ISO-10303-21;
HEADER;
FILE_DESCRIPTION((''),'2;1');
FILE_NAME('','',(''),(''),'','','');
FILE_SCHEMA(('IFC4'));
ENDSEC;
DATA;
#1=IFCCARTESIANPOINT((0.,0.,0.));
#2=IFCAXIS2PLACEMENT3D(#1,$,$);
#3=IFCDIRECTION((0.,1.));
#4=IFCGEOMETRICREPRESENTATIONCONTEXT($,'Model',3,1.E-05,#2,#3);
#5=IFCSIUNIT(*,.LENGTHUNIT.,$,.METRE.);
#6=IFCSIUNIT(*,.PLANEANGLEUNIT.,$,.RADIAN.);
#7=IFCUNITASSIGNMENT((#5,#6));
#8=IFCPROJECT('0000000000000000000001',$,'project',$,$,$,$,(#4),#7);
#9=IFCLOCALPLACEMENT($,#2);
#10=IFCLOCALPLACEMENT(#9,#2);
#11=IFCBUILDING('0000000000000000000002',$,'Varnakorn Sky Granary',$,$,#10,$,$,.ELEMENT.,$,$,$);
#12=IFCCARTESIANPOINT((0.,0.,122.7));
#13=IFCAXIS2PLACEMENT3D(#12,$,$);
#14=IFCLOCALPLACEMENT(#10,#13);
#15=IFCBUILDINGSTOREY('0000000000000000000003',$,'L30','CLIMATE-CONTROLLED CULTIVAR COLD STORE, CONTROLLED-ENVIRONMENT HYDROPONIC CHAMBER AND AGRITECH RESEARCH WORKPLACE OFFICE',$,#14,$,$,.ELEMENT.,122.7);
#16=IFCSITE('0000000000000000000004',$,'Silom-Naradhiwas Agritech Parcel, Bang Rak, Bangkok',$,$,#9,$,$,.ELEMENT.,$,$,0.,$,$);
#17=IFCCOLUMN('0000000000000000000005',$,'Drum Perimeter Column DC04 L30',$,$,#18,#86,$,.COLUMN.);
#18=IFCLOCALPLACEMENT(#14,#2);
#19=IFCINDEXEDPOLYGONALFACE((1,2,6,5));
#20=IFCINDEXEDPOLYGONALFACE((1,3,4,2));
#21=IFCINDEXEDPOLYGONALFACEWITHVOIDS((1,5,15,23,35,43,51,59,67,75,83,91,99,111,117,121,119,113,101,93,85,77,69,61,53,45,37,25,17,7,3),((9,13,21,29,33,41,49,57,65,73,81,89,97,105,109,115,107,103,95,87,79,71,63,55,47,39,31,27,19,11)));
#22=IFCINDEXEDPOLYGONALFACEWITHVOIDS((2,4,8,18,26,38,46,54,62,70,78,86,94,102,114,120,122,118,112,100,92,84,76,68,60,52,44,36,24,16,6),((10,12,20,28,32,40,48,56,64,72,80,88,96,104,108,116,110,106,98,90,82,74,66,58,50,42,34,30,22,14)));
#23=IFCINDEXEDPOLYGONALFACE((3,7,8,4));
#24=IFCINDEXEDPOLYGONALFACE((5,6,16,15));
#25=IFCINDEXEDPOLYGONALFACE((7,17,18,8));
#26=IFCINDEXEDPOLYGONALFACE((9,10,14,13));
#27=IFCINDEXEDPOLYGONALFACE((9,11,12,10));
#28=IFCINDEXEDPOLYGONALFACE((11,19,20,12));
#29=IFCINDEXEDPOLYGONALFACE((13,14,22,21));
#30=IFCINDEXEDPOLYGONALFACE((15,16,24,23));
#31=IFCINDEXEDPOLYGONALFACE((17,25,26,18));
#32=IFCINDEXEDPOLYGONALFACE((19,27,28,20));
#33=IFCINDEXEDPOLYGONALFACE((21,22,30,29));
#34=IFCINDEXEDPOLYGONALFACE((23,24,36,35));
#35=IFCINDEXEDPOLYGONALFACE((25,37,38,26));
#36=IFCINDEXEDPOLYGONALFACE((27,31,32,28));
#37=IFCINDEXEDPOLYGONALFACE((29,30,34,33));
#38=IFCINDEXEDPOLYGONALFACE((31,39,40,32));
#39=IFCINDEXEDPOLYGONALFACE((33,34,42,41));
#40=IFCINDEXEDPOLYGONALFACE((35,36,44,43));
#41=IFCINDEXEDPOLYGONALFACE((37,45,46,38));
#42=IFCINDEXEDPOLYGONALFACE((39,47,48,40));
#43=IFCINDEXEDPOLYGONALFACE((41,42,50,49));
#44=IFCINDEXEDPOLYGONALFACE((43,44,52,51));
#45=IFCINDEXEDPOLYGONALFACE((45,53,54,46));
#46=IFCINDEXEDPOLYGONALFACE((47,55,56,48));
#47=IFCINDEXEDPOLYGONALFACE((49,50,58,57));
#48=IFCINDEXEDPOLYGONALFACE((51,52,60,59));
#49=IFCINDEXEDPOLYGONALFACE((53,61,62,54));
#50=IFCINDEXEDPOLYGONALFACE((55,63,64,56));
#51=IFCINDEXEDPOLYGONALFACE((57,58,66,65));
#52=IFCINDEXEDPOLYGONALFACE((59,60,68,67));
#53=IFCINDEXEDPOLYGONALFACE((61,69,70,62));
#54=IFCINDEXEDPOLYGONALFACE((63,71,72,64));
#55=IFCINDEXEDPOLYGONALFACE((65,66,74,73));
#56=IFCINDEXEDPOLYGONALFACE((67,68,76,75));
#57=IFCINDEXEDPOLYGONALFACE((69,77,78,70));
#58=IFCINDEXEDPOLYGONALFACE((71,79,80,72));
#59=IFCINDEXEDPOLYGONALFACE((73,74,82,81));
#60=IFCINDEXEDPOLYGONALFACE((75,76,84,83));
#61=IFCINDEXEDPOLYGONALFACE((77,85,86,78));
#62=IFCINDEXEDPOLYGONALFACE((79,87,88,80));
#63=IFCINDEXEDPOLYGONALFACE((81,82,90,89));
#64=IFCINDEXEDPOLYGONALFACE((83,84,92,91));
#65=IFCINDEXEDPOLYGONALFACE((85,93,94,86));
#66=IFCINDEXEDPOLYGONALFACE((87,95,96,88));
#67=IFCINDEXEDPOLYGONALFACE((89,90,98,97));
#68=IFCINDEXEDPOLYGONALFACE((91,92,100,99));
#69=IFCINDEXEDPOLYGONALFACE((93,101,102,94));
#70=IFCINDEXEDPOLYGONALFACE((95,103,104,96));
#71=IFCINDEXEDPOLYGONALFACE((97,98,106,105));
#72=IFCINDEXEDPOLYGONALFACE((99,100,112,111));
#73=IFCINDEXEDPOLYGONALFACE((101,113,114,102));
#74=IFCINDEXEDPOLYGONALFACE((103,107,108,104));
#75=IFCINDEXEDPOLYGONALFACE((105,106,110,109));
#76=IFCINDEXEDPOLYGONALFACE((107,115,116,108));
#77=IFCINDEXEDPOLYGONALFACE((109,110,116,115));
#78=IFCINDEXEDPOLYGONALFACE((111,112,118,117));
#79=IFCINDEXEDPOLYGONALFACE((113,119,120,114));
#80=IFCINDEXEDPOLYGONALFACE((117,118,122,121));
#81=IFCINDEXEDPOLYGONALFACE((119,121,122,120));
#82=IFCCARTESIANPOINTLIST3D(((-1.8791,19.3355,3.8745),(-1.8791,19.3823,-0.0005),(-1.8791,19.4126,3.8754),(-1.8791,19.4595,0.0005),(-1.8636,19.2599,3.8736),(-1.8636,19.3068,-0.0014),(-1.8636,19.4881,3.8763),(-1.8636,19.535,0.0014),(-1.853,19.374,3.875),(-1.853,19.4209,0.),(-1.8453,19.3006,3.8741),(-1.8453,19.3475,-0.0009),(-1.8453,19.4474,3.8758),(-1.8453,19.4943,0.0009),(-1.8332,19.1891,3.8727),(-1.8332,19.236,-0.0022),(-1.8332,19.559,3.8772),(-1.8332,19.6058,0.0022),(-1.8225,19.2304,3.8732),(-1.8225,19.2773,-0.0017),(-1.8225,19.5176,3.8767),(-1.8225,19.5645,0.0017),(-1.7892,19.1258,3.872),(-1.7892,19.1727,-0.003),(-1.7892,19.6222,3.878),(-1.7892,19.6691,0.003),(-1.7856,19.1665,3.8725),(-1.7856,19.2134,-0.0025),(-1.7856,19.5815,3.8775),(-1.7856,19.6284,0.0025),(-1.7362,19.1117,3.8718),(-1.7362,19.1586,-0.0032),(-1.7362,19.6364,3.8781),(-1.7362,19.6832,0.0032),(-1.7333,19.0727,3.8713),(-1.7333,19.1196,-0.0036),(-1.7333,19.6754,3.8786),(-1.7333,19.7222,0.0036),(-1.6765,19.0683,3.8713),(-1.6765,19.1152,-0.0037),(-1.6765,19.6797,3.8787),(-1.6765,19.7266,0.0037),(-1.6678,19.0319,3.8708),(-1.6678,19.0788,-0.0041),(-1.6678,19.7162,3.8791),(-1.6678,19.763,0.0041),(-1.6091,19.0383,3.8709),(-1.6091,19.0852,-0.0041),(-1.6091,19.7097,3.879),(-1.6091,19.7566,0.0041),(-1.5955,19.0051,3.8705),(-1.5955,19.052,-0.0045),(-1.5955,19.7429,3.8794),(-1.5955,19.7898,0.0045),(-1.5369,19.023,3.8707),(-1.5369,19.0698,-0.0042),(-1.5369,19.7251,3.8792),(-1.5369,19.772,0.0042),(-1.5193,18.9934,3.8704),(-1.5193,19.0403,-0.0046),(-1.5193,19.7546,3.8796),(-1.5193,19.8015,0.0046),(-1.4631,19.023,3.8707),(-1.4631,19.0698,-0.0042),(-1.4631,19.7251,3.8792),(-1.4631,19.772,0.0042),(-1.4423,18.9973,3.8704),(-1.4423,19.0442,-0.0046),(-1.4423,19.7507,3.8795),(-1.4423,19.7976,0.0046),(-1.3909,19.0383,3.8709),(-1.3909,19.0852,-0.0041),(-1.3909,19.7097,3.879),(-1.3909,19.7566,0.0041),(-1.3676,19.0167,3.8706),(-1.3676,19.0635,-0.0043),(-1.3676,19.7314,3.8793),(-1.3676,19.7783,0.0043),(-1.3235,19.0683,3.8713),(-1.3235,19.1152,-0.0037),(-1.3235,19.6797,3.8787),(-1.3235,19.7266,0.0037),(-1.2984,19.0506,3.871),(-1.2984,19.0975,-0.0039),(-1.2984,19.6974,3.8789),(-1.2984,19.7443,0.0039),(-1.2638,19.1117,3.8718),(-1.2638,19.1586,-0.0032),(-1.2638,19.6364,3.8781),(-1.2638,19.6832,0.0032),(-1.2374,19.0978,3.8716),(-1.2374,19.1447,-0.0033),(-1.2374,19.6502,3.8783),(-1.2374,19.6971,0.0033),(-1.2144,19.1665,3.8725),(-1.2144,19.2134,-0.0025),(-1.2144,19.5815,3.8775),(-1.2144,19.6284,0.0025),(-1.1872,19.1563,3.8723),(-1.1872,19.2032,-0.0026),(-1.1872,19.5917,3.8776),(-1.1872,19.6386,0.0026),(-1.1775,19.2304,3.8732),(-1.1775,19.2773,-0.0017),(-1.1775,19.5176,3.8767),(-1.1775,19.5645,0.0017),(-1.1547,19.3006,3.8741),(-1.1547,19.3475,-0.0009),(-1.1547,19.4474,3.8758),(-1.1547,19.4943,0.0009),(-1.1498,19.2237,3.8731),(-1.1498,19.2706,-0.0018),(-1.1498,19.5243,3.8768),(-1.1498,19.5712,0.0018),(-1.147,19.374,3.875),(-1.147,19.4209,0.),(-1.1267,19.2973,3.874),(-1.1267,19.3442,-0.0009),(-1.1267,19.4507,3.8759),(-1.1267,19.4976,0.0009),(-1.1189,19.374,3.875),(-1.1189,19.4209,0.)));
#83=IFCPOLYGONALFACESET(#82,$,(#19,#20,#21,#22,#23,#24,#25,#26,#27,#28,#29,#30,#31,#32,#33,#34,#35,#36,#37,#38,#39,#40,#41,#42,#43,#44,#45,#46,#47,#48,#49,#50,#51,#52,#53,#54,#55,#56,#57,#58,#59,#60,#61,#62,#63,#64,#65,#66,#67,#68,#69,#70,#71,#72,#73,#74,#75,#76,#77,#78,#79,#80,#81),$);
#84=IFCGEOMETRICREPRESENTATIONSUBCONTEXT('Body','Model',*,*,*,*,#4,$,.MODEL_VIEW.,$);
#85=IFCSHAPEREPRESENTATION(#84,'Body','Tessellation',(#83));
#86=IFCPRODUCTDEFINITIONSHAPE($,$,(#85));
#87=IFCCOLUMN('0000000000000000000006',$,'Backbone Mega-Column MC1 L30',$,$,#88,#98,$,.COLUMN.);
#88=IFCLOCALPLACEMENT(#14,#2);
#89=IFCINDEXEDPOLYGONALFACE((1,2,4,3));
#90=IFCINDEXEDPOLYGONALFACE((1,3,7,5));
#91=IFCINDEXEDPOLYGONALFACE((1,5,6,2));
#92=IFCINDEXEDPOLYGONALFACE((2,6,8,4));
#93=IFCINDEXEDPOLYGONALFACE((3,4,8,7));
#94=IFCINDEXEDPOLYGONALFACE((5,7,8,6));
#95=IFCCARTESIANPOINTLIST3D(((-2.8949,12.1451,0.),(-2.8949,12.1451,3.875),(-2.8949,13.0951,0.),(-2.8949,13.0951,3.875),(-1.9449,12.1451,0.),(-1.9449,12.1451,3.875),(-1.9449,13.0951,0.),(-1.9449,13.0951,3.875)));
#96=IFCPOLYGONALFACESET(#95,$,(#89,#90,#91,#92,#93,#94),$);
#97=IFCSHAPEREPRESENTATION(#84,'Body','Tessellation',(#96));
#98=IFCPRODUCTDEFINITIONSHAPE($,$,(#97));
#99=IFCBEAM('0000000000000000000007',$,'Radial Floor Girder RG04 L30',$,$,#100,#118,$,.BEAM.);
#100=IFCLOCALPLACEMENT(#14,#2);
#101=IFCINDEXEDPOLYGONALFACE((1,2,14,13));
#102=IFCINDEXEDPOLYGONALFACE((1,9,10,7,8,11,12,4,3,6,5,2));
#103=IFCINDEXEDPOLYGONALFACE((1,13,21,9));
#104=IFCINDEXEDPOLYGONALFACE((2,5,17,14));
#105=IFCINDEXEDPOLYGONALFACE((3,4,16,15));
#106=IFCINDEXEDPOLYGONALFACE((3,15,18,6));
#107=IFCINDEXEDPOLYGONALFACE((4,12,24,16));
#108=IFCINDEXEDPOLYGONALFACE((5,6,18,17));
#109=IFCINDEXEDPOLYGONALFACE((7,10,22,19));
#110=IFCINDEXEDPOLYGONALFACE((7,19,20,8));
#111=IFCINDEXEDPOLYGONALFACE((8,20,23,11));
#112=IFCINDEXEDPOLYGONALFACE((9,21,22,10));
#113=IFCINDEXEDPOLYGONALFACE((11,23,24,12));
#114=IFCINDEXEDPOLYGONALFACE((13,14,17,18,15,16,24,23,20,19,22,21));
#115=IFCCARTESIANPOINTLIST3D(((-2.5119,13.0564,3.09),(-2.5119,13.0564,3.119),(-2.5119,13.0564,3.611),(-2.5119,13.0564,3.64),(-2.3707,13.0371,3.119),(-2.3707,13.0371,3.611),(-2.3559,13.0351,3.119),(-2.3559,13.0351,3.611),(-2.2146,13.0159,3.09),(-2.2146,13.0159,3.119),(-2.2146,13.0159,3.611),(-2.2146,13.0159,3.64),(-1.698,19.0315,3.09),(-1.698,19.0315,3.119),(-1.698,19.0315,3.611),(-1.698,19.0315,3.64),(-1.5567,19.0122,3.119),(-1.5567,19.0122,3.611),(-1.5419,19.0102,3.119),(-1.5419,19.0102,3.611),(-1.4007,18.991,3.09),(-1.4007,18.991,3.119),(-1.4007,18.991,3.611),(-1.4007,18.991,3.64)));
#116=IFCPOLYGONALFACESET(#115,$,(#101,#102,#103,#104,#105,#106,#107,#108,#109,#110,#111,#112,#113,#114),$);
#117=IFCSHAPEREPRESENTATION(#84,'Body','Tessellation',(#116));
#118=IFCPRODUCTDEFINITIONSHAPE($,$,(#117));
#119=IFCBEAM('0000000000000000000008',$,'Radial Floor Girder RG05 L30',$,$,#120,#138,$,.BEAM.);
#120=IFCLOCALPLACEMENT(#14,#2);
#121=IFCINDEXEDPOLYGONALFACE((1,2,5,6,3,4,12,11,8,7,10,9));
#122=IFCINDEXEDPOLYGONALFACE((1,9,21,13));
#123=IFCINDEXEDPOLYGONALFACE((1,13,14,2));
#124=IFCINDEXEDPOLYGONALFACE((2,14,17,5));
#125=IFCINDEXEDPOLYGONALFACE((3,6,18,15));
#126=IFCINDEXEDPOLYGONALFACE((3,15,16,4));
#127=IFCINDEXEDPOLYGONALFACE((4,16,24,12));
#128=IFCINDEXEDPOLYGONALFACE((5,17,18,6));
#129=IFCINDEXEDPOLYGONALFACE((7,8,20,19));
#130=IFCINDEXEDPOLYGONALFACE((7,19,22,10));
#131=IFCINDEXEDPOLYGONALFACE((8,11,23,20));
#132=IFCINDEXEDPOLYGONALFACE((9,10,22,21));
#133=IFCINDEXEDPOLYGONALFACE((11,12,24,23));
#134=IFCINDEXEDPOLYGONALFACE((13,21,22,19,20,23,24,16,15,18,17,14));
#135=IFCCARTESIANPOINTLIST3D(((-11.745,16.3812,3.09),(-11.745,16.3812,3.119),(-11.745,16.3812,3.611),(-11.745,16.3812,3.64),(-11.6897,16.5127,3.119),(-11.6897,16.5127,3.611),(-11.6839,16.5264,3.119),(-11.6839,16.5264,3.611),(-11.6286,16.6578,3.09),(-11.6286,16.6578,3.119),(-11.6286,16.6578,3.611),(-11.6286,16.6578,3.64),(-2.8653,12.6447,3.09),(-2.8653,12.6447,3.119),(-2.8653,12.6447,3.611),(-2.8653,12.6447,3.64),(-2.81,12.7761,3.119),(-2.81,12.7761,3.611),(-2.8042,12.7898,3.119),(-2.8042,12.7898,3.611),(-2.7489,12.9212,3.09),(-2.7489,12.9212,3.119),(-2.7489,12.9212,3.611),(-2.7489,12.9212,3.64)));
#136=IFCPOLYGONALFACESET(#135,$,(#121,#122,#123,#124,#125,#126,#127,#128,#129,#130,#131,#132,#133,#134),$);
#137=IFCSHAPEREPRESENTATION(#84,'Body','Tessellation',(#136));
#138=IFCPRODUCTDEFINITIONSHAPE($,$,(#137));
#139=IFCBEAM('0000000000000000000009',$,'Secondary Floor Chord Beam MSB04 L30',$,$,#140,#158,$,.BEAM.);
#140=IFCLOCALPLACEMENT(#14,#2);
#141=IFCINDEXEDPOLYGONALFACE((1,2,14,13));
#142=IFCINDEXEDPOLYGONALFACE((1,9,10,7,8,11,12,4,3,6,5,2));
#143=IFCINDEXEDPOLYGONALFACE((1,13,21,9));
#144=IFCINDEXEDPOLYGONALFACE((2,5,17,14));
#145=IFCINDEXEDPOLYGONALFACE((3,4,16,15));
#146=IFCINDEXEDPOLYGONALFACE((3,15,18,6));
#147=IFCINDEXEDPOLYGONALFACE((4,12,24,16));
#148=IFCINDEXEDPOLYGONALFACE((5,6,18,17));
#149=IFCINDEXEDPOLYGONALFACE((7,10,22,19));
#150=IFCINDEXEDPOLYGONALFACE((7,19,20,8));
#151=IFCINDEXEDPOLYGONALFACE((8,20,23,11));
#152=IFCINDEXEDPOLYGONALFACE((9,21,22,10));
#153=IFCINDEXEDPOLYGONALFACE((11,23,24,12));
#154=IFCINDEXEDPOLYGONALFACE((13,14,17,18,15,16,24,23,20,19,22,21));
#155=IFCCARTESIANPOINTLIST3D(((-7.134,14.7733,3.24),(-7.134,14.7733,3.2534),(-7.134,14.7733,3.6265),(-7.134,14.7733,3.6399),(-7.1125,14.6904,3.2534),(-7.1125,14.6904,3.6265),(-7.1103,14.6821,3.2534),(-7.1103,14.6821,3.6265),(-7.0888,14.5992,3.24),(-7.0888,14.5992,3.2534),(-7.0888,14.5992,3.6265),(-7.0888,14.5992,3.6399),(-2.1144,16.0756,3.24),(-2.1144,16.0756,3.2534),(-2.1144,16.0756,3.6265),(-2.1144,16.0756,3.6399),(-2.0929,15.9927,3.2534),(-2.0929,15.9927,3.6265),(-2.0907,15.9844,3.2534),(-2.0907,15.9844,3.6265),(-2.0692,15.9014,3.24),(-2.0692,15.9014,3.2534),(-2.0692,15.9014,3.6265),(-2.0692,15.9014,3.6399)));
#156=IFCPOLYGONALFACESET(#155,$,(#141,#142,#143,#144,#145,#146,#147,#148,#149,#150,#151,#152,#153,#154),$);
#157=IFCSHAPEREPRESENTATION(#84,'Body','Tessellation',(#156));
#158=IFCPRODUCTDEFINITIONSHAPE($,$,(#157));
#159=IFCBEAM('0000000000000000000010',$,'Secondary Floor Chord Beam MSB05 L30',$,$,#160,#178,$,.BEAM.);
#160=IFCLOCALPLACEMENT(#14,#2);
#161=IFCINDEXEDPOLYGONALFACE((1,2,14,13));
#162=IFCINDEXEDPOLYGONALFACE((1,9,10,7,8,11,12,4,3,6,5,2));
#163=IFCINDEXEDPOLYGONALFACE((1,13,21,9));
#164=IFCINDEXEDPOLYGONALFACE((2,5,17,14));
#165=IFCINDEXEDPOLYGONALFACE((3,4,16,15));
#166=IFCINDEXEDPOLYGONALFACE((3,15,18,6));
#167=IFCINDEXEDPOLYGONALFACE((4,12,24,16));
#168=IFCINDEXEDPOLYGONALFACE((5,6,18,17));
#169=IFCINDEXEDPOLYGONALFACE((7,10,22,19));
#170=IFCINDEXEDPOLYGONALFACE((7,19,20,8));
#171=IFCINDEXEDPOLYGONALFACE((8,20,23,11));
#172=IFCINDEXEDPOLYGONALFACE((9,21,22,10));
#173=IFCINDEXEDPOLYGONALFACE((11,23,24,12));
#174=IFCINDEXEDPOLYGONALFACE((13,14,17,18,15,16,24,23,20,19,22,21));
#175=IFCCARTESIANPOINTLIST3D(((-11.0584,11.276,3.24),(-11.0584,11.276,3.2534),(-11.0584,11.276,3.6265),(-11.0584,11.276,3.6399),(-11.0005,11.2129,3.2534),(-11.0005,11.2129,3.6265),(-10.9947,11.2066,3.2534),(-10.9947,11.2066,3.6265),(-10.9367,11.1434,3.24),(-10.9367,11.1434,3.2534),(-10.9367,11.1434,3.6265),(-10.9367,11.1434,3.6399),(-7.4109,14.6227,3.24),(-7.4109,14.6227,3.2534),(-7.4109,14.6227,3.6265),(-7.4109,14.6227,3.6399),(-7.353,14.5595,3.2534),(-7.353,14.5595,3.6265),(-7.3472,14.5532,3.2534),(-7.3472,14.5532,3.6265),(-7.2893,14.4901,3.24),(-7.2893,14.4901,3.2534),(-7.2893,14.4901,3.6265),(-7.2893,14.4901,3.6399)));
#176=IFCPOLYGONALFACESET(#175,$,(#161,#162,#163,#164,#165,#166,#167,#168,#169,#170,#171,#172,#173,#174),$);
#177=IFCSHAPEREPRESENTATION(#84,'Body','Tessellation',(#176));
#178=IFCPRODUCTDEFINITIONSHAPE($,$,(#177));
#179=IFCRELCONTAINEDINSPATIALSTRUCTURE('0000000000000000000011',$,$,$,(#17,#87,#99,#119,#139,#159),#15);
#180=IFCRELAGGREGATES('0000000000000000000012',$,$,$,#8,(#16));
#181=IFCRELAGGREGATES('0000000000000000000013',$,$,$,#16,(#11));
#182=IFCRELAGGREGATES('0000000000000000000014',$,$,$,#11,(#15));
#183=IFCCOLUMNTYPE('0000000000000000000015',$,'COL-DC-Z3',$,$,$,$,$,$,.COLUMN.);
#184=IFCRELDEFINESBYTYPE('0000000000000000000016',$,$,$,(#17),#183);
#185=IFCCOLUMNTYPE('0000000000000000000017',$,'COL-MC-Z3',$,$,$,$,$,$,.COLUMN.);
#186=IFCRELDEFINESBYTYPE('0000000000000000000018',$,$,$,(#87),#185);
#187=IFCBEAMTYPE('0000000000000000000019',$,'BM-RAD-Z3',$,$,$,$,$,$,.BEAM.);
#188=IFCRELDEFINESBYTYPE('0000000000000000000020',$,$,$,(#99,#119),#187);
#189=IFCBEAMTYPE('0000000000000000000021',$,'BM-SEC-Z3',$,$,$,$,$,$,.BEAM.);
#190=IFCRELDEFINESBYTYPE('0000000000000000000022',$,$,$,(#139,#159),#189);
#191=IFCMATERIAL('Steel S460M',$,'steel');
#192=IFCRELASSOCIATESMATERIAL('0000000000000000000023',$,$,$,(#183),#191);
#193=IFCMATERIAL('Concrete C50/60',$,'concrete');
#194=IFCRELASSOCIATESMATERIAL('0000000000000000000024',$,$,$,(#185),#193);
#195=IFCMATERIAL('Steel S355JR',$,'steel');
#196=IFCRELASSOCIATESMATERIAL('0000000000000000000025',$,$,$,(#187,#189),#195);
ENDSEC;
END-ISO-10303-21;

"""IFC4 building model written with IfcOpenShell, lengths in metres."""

from ifc_helpers import new_model, si_unit, direction, frame, origin, origin_2d, place, context, subcontext, project, spatial, rectangle, hollow_circle, i_section, extrude, material, material_profile, profile_set, type_object, element, save


model = new_model("IFC4")

# Units and contexts
model_context = context("Model", 3, precision=1e-05, world=origin(), true_north=direction((0.0, 1.0)))
body_context = subcontext(model_context, "Body", "Model", "MODEL_VIEW")
ifc_project = project(units=[si_unit("LENGTHUNIT", "METRE"), si_unit("PLANEANGLEUNIT", "RADIAN")], contexts=[model_context])

# Site, building, storey
site_placement = place(None, origin())
site = spatial("IfcSite", under=ifc_project, at=site_placement, Name="Silom-Naradhiwas Agritech Parcel, Bang Rak, Bangkok", CompositionType="ELEMENT", RefElevation=0.0)
building_placement = place(site_placement, origin())
building = spatial("IfcBuilding", under=site, at=building_placement, Name="Varnakorn Sky Granary", CompositionType="ELEMENT")
storey_placement = place(building_placement, frame((0.0, 0.0, 122.7)))
storey = spatial("IfcBuildingStorey", under=building, at=storey_placement, Name="L30", Description="CLIMATE-CONTROLLED CULTIVAR COLD STORE, CONTROLLED-ENVIRONMENT HYDROPONIC CHAMBER AND AGRITECH RESEARCH WORKPLACE OFFICE", CompositionType="ELEMENT", Elevation=122.7)

# Columns
ifc_material_1 = material(Name="Steel S460M", Category="steel")
ifc_material_profile_1 = material_profile(ifc_material_1, hollow_circle(Radius=0.3811, WallThickness=0.0281, at=origin_2d()), Name="CHS 762x28")
ifc_profile_set_1 = profile_set([ifc_material_profile_1], Name="Steel S460M")
column_type_1 = type_object("IfcColumnType", Name="COL-DC-Z3", PredefinedType="COLUMN", material=ifc_profile_set_1)
column_1_placement = place(storey_placement, frame((-1.5, 19.4209, 0.0), z_axis=(0.0, -0.012096, 0.999927), x_axis=(1.0, 0.0, 0.0)))
element("IfcColumn", 1, at=column_1_placement, inside=storey, type_object=column_type_1, Name="Drum Perimeter Column DC04 L30", PredefinedType="COLUMN", context=body_context, shape_type="SweptSolid", body=[
    extrude(hollow_circle(Radius=0.3811, WallThickness=0.0281, at=origin_2d()), origin(), (0.0, 0.0, 1.0), 3.8752),
])
ifc_material_2 = material(Name="Concrete C50/60", Category="concrete")
ifc_material_profile_2 = material_profile(ifc_material_2, rectangle(XDim=0.95, YDim=0.95, at=origin_2d()), Name="RC 950x950")
ifc_profile_set_2 = profile_set([ifc_material_profile_2], Name="Concrete C50/60")
column_type_2 = type_object("IfcColumnType", Name="COL-MC-Z3", PredefinedType="COLUMN", material=ifc_profile_set_2)
column_2_placement = place(storey_placement, frame((-2.4199, 12.6201, 0.0), z_axis=(0.0, 0.0, 1.0), x_axis=(1.0, 0.0, 0.0)))
element("IfcColumn", 2, at=column_2_placement, inside=storey, type_object=column_type_2, Name="Backbone Mega-Column MC1 L30", PredefinedType="COLUMN", context=body_context, shape_type="SweptSolid", body=[
    extrude(rectangle(XDim=0.95, YDim=0.95, at=origin_2d()), origin(), (0.0, 0.0, 1.0), 3.875),
])

# Beams
ifc_material_3 = material(Name="Steel S355JR", Category="steel")
ifc_material_profile_3 = material_profile(ifc_material_3, i_section(OverallWidth=0.3, OverallDepth=0.55, WebThickness=0.0149, FlangeThickness=0.0291, at=origin_2d()), Name="HE 550 B")
ifc_profile_set_3 = profile_set([ifc_material_profile_3], Name="Steel S355JR")
beam_type_1 = type_object("IfcBeamType", Name="BM-RAD-Z3", PredefinedType="BEAM", material=ifc_profile_set_3)
beam_1_placement = place(storey_placement, frame((-2.3633, 13.0361, 3.365), z_axis=(0.13498, 0.990848, 0.0), x_axis=(-0.990848, 0.13498, 0.0)))
element("IfcBeam", 3, at=beam_1_placement, inside=storey, type_object=beam_type_1, Name="Radial Floor Girder RG04 L30", PredefinedType="BEAM", context=body_context, shape_type="SweptSolid", body=[
    extrude(i_section(OverallWidth=0.3, OverallDepth=0.55, WebThickness=0.0149, FlangeThickness=0.0291, at=origin_2d()), origin(), (0.0, 0.0, 1.0), 6.0303),
])
beam_2_placement = place(storey_placement, frame((-2.8071, 12.783, 3.365), z_axis=(-0.921718, 0.387861, 0.0), x_axis=(-0.387861, -0.921718, 0.0)))
element("IfcBeam", 4, at=beam_2_placement, inside=storey, type_object=beam_type_1, Name="Radial Floor Girder RG05 L30", PredefinedType="BEAM", context=body_context, shape_type="SweptSolid", body=[
    extrude(i_section(OverallWidth=0.3, OverallDepth=0.55, WebThickness=0.0149, FlangeThickness=0.0291, at=origin_2d()), origin(), (0.0, 0.0, 1.0), 9.6338),
])
ifc_material_profile_4 = material_profile(ifc_material_3, i_section(OverallWidth=0.1799, OverallDepth=0.3999, WebThickness=0.0085, FlangeThickness=0.0134, at=origin_2d()), Name="IPE 400")
ifc_profile_set_4 = profile_set([ifc_material_profile_4], Name="Steel S355JR")
beam_type_2 = type_object("IfcBeamType", Name="BM-SEC-Z3", PredefinedType="BEAM", material=ifc_profile_set_4)
beam_3_placement = place(storey_placement, frame((-2.0918, 15.9885, 3.4399), z_axis=(-0.967955, -0.251122, 0.0), x_axis=(0.251122, -0.967955, 0.0)))
element("IfcBeam", 5, at=beam_3_placement, inside=storey, type_object=beam_type_2, Name="Secondary Floor Chord Beam MSB04 L30", PredefinedType="BEAM", context=body_context, shape_type="SweptSolid", body=[
    extrude(i_section(OverallWidth=0.1799, OverallDepth=0.3999, WebThickness=0.0085, FlangeThickness=0.0134, at=origin_2d()), origin(), (0.0, 0.0, 1.0), 5.1858),
])
beam_4_placement = place(storey_placement, frame((-7.3501, 14.5564, 3.4399), z_axis=(-0.736835, -0.676073, 0.0), x_axis=(0.676073, -0.736835, 0.0)))
element("IfcBeam", 6, at=beam_4_placement, inside=storey, type_object=beam_type_2, Name="Secondary Floor Chord Beam MSB05 L30", PredefinedType="BEAM", context=body_context, shape_type="SweptSolid", body=[
    extrude(i_section(OverallWidth=0.1799, OverallDepth=0.3999, WebThickness=0.0085, FlangeThickness=0.0134, at=origin_2d()), origin(), (0.0, 0.0, 1.0), 4.9502),
])

save(model, "model.ifc")
